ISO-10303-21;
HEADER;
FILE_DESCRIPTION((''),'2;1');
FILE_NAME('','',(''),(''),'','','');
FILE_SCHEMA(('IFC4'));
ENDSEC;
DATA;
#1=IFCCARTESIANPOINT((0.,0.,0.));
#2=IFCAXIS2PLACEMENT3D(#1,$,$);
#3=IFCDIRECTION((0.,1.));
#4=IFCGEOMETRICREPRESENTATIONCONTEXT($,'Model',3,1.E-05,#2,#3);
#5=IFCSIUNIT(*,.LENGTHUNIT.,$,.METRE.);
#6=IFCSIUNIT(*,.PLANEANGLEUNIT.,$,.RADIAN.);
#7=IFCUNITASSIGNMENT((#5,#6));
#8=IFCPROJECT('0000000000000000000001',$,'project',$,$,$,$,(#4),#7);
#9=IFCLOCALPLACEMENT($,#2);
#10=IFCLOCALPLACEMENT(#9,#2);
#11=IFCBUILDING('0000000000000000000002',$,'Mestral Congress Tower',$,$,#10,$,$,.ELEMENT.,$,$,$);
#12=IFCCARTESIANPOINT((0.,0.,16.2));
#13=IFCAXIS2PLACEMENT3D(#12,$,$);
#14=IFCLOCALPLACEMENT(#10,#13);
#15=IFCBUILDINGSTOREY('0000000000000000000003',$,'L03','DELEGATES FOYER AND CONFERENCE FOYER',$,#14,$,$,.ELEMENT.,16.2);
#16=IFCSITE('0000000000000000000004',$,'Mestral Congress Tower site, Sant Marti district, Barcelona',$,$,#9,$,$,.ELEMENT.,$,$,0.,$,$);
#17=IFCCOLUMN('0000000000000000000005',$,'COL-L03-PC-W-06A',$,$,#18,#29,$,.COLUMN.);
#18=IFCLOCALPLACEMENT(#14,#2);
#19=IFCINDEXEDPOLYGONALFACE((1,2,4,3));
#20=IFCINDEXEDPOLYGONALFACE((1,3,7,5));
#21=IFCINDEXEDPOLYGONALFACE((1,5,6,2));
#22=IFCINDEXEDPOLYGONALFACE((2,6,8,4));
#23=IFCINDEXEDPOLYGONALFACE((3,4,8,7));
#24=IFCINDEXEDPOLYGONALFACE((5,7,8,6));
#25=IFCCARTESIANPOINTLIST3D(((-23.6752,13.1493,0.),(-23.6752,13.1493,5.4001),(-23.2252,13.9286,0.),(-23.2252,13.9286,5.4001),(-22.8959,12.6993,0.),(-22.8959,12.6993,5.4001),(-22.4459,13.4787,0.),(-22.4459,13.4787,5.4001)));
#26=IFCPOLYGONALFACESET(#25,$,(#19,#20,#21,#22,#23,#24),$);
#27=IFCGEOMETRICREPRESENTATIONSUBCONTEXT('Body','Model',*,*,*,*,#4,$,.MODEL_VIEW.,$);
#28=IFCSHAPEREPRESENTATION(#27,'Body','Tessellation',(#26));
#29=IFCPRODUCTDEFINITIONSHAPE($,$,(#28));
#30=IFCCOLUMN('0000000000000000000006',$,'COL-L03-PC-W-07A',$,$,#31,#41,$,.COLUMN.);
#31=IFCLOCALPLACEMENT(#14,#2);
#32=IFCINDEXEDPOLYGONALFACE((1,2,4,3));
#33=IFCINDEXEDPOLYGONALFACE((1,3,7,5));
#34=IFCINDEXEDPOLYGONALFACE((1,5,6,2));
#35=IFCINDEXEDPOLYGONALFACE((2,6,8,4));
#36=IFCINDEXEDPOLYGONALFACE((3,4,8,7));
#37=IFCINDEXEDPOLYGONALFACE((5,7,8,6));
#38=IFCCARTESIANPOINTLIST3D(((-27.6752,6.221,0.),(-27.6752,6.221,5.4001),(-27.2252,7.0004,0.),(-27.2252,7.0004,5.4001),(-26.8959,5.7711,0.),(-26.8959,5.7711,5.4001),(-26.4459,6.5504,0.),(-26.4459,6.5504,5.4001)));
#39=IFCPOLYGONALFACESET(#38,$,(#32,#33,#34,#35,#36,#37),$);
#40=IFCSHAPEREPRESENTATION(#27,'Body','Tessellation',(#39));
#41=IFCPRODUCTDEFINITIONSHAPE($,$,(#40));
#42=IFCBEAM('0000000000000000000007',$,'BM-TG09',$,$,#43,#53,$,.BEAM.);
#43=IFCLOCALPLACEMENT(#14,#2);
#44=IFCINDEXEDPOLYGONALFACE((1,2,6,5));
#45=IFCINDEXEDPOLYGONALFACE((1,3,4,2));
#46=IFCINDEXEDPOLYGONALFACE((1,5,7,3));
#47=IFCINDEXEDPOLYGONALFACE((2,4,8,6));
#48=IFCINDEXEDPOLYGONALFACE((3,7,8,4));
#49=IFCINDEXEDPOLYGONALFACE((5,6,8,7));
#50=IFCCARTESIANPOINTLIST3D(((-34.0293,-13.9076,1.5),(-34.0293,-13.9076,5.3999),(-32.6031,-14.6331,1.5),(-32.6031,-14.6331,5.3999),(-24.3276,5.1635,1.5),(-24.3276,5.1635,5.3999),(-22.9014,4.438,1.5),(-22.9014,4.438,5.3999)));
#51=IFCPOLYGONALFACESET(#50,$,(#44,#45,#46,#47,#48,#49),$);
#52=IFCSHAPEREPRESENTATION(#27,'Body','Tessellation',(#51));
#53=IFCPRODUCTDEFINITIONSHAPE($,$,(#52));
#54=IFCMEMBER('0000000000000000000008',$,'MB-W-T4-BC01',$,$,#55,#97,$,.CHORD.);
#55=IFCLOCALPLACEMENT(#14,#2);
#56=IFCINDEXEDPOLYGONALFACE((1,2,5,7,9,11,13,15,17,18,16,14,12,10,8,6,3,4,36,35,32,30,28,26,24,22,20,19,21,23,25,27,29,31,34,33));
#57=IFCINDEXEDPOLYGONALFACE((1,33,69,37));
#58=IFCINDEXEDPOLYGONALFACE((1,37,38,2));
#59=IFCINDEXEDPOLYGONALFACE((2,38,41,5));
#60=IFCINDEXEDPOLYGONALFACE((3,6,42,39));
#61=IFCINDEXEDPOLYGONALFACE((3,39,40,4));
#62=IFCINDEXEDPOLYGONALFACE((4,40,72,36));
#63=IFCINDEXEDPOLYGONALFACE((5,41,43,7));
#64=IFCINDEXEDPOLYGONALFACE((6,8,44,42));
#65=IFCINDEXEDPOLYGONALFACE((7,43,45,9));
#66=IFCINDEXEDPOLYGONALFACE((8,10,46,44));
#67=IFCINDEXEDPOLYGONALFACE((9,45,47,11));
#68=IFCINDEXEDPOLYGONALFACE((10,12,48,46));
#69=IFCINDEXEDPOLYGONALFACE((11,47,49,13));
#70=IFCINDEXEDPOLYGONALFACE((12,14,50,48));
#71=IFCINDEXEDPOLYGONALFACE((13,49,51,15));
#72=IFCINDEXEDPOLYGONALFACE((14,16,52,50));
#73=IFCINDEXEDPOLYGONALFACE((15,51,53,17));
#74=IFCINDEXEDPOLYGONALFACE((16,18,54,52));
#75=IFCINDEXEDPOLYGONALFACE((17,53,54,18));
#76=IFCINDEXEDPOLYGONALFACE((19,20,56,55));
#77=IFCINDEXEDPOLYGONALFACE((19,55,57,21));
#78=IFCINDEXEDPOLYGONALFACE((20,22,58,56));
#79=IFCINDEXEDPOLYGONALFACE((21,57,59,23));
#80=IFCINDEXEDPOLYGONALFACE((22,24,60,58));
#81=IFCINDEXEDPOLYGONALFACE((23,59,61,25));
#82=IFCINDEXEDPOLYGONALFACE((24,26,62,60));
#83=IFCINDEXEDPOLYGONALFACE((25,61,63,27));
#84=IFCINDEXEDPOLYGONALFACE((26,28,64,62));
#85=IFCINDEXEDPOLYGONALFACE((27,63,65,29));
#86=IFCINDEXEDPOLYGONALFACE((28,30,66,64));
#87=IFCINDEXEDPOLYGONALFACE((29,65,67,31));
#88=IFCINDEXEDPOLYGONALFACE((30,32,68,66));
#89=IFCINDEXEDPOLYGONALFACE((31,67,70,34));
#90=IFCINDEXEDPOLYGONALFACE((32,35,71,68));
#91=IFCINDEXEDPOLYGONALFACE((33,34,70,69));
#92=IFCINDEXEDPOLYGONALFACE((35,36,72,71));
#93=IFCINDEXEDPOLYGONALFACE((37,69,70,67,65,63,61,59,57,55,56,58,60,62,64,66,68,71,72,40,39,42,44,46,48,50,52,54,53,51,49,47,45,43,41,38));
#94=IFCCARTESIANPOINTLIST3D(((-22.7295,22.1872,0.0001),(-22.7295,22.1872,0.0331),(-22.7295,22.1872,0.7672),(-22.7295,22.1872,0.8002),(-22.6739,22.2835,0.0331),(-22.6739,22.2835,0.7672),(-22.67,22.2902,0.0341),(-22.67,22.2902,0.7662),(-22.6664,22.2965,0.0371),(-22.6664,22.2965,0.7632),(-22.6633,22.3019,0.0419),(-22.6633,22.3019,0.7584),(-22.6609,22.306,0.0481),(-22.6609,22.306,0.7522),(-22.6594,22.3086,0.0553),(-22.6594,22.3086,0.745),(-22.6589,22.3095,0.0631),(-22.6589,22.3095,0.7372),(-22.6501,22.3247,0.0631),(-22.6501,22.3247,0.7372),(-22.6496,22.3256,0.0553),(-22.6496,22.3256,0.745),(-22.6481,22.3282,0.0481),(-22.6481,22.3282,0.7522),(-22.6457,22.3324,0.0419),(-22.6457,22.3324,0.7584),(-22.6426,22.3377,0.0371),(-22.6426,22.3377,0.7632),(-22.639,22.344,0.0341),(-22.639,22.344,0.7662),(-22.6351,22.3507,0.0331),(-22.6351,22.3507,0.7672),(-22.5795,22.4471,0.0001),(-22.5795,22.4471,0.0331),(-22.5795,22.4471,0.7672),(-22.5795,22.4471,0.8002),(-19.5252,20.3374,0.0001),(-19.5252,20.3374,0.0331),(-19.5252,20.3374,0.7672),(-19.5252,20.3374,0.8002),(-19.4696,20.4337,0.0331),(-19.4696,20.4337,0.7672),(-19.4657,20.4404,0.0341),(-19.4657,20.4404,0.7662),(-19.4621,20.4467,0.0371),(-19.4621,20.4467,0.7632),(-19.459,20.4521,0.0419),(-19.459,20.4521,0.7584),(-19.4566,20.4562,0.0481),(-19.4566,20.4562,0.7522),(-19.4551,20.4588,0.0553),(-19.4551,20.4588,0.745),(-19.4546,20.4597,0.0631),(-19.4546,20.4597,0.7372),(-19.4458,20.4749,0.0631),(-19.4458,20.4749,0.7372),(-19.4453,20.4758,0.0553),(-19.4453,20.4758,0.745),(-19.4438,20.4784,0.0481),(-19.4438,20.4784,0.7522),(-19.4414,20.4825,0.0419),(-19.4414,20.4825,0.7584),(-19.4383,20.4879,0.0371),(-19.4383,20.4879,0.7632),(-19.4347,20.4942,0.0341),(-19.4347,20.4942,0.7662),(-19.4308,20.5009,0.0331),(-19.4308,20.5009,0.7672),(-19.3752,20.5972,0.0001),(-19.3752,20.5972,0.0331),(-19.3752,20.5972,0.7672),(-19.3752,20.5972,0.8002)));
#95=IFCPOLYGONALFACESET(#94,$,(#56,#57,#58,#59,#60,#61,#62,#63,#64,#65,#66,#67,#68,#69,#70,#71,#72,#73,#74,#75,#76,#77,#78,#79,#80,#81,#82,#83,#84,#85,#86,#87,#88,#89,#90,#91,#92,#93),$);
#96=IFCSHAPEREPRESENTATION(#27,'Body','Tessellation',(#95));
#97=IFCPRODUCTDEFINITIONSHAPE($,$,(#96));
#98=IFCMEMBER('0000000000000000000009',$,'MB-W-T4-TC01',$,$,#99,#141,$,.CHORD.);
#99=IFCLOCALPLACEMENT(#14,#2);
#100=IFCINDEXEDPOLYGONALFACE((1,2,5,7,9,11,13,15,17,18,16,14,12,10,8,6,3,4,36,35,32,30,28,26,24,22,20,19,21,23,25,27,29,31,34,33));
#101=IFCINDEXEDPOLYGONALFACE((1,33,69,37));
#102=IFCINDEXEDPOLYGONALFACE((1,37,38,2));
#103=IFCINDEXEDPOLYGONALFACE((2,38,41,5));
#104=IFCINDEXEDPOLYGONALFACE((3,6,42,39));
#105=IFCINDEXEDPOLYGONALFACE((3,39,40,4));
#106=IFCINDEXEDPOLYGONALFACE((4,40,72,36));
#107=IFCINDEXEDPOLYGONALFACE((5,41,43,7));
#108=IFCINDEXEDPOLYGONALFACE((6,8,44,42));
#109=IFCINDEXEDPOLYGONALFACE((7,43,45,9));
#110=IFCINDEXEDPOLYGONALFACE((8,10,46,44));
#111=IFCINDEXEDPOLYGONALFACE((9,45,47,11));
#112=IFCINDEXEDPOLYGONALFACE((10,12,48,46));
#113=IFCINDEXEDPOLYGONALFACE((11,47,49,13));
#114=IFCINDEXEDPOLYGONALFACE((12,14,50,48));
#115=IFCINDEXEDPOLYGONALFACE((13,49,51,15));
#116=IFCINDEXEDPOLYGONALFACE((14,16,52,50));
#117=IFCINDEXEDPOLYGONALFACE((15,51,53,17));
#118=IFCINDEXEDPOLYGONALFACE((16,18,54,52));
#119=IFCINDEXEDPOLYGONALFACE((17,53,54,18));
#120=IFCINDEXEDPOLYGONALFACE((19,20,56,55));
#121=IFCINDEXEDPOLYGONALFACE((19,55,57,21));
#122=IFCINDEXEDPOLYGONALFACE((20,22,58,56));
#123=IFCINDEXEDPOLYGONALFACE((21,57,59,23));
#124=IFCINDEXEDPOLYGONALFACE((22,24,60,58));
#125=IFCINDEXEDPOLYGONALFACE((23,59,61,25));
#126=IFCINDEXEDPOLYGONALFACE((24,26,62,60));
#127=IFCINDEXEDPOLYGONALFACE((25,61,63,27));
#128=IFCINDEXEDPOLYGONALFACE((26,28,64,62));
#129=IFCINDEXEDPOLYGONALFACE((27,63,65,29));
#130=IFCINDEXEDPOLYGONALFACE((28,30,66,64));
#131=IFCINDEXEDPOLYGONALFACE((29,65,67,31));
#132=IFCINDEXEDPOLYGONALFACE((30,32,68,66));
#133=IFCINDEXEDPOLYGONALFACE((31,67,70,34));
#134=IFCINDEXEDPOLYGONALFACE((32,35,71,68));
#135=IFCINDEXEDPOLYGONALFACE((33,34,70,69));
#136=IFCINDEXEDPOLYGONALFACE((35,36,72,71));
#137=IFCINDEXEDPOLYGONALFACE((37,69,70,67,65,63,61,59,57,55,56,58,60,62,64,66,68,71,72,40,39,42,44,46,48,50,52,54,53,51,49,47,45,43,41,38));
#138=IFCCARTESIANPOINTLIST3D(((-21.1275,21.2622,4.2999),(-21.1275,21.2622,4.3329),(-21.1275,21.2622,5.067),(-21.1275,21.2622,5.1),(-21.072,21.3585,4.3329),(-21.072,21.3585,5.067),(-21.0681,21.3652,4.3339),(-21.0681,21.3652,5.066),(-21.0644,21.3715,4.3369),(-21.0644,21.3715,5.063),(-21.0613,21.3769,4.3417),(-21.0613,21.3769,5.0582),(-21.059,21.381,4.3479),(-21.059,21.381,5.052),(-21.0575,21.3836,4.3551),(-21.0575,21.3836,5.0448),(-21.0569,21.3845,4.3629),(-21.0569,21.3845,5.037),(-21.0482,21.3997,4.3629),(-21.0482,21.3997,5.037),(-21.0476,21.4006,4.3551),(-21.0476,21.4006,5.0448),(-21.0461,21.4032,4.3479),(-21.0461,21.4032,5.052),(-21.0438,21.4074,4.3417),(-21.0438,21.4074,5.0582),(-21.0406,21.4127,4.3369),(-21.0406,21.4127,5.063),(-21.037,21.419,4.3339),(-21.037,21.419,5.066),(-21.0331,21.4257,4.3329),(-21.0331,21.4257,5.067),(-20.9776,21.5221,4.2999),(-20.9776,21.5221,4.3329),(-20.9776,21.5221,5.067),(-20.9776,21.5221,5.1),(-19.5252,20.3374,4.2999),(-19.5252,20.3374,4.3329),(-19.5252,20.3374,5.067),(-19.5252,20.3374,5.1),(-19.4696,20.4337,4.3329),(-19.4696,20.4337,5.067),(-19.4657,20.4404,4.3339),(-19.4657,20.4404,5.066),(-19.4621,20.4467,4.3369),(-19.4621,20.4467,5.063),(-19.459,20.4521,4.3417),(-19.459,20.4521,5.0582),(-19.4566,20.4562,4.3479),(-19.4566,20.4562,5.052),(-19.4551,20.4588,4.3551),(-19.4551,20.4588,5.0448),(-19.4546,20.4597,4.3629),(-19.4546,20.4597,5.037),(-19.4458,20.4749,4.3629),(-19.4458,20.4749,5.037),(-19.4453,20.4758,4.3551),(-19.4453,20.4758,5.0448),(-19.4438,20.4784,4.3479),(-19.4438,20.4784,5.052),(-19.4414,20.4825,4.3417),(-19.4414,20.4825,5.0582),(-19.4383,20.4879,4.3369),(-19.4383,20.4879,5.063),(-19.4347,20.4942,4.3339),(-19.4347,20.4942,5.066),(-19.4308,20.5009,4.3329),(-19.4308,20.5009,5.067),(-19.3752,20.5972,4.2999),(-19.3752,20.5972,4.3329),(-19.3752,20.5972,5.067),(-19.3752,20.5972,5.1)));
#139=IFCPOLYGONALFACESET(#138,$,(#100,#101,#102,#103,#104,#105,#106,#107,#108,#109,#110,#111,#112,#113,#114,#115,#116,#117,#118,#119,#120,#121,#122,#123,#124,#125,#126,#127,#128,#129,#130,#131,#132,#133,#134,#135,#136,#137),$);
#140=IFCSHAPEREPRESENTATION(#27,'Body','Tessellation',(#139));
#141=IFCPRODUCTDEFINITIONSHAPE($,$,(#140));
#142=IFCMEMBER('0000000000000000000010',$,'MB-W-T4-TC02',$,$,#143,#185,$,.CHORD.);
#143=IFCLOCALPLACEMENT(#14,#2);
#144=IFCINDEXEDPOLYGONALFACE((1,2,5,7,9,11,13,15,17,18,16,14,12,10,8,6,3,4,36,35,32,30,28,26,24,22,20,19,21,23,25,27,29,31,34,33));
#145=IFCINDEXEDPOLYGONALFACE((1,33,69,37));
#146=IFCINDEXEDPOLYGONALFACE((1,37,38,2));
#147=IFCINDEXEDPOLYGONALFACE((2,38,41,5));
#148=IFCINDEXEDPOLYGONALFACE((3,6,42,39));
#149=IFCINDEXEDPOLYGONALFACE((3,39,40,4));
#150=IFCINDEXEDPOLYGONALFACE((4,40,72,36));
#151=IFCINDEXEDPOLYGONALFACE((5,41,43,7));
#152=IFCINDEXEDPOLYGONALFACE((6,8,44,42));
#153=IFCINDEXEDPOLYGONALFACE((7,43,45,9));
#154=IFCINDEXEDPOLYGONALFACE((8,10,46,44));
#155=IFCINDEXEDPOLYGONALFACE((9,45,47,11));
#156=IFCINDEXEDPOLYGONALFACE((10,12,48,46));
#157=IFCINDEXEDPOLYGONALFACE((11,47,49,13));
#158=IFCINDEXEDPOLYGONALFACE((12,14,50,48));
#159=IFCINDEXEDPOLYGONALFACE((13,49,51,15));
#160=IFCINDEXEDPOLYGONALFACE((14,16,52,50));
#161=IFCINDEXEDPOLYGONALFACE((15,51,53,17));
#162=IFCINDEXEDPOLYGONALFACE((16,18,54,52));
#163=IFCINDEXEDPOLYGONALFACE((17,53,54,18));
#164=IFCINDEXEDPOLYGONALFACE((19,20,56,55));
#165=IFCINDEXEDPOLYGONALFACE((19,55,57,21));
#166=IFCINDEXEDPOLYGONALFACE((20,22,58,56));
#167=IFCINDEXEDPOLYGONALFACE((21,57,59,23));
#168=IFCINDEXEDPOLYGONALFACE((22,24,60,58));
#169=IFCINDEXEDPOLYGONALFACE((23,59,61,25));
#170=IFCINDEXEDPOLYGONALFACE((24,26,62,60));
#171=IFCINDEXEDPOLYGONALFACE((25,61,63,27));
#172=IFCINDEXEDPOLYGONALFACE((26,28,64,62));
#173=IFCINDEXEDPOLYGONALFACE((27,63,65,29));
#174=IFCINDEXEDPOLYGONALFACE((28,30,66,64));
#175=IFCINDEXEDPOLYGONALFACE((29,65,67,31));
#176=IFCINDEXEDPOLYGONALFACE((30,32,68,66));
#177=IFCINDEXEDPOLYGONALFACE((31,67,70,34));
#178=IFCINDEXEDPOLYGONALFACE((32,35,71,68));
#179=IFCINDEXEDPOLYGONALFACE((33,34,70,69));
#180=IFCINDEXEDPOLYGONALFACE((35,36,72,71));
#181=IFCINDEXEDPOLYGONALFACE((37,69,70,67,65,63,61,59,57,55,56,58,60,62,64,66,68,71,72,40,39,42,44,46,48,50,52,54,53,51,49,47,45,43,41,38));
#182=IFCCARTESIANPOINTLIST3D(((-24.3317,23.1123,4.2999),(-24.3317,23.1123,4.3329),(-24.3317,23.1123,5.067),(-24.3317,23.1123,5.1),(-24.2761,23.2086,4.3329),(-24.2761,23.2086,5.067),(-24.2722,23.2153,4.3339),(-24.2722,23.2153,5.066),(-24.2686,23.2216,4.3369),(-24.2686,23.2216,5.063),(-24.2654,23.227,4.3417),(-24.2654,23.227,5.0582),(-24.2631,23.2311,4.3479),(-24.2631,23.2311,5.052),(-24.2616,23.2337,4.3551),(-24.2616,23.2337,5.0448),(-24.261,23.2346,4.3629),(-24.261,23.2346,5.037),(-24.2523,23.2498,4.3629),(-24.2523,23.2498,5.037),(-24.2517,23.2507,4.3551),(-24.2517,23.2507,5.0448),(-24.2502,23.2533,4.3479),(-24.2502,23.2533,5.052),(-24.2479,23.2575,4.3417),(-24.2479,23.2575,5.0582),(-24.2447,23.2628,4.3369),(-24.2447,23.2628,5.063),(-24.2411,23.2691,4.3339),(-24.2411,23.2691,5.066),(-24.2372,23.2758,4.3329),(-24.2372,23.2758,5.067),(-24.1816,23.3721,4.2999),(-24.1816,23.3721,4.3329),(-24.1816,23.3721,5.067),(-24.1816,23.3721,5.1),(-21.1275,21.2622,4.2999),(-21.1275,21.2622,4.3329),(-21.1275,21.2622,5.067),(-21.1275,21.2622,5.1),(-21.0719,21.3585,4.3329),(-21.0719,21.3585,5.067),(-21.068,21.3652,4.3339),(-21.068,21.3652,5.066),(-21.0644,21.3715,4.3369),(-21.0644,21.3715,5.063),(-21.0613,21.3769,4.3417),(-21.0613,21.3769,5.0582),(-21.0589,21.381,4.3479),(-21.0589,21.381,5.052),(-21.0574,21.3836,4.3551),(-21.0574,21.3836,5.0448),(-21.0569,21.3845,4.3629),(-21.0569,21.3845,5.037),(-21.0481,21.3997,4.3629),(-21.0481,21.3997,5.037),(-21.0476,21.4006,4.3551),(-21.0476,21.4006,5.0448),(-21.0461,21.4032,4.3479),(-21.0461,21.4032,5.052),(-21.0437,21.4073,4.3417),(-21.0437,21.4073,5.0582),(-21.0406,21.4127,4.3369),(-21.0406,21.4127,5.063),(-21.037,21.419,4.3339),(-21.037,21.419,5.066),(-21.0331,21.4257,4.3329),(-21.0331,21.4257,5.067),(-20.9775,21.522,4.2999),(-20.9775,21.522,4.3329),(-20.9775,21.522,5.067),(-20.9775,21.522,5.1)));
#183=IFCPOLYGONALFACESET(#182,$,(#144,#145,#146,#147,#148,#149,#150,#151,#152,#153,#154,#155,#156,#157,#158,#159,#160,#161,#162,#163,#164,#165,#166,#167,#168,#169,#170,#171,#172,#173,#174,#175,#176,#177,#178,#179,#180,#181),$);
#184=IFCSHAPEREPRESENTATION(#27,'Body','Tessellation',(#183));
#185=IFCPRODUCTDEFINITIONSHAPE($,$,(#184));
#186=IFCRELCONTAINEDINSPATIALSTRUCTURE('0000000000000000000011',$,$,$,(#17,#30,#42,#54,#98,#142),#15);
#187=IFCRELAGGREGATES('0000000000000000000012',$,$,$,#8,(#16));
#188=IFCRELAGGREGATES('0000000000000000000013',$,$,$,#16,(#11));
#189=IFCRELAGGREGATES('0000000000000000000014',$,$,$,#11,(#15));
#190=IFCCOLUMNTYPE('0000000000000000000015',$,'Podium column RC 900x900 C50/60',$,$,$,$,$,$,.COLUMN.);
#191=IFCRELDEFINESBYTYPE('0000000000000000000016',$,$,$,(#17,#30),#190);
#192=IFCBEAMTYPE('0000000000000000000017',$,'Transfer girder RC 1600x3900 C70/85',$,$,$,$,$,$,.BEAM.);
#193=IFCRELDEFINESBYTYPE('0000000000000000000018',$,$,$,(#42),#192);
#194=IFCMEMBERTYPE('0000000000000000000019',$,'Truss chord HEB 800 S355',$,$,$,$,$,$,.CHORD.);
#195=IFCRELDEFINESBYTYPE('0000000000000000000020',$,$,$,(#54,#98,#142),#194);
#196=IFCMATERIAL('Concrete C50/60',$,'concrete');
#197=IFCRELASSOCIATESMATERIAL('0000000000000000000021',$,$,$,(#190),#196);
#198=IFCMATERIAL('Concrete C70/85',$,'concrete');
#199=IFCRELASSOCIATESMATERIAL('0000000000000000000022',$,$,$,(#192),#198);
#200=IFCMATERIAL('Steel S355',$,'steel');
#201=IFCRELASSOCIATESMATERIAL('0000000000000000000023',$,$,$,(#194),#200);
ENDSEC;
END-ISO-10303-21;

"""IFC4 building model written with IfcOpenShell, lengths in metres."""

from ifc_helpers import new_model, si_unit, direction, frame, origin, origin_2d, place, context, subcontext, project, spatial, rectangle, i_section, extrude, material, material_profile, profile_set, type_object, element, save


model = new_model("IFC4")

# Units and contexts
model_context = context("Model", 3, precision=1e-05, world=origin(), true_north=direction((0.0, 1.0)))
body_context = subcontext(model_context, "Body", "Model", "MODEL_VIEW")
ifc_project = project(units=[si_unit("LENGTHUNIT", "METRE"), si_unit("PLANEANGLEUNIT", "RADIAN")], contexts=[model_context])

# Site, building, storey
site_placement = place(None, origin())
site = spatial("IfcSite", under=ifc_project, at=site_placement, Name="Mestral Congress Tower site, Sant Marti district, Barcelona", CompositionType="ELEMENT", RefElevation=0.0)
building_placement = place(site_placement, origin())
building = spatial("IfcBuilding", under=site, at=building_placement, Name="Mestral Congress Tower", CompositionType="ELEMENT")
storey_placement = place(building_placement, frame((0.0, 0.0, 16.2)))
storey = spatial("IfcBuildingStorey", under=building, at=storey_placement, Name="L03", Description="DELEGATES FOYER AND CONFERENCE FOYER", CompositionType="ELEMENT", Elevation=16.2)

# Columns
ifc_material_1 = material(Name="Concrete C50/60", Category="concrete")
ifc_material_profile_1 = material_profile(ifc_material_1, rectangle(XDim=0.8999, YDim=0.8999, at=origin_2d()), Name="RC 900x900")
ifc_profile_set_1 = profile_set([ifc_material_profile_1], Name="Concrete C50/60")
column_type = type_object("IfcColumnType", Name="Podium column RC 900x900 C50/60", PredefinedType="COLUMN", material=ifc_profile_set_1)
for number, where, z_axis, x_axis, name in (
    (1, (-23.0605, 13.314, 0.0), (0.0, 0.0, 1.0), (-0.5, -0.866025, 0.0), "COL-L03-PC-W-06A"),
    (2, (-27.0605, 6.3857, 0.0), (0.0, 0.0, 1.0), (-0.5, -0.866025, 0.0), "COL-L03-PC-W-07A"),
):
    element("IfcColumn", number, at=place(storey_placement, frame(where, z_axis=z_axis, x_axis=x_axis)), inside=storey, type_object=column_type, Name=name, PredefinedType="COLUMN", context=body_context, shape_type="SweptSolid", body=[
        extrude(rectangle(XDim=0.8999, YDim=0.8999, at=origin_2d()), origin(), (0.0, 0.0, 1.0), 5.4001),
    ])

# Beam
ifc_material_2 = material(Name="Concrete C70/85", Category="concrete")
ifc_material_profile_2 = material_profile(ifc_material_2, rectangle(XDim=1.6001, YDim=3.8999, at=origin_2d()), Name="RC 1600x3900")
ifc_profile_set_2 = profile_set([ifc_material_profile_2], Name="Concrete C70/85")
beam_type = type_object("IfcBeamType", Name="Transfer girder RC 1600x3900 C70/85", PredefinedType="BEAM", material=ifc_profile_set_2)
beam_placement = place(storey_placement, frame((-23.6145, 4.8008, 3.45), z_axis=(-0.453414, -0.8913, 0.0), x_axis=(0.8913, -0.453414, 0.0)))
element("IfcBeam", 3, at=beam_placement, inside=storey, type_object=beam_type, Name="BM-TG09", PredefinedType="BEAM", context=body_context, shape_type="SweptSolid", body=[
    extrude(rectangle(XDim=1.6001, YDim=3.8999, at=origin_2d()), origin(), (0.0, 0.0, 1.0), 21.397),
])

# Members
ifc_material_3 = material(Name="Steel S355", Category="steel")
ifc_material_profile_3 = material_profile(ifc_material_3, i_section(OverallWidth=0.3, OverallDepth=0.8, WebThickness=0.0176, FlangeThickness=0.033, FilletRadius=0.03, at=origin_2d()), Name="HEB 800")
ifc_profile_set_3 = profile_set([ifc_material_profile_3], Name="Steel S355")
member_type_1 = type_object("IfcMemberType", Name="Truss chord HEB 800 S355", PredefinedType="CHORD", material=ifc_profile_set_3)
member_1_placement = place(storey_placement, frame((-19.4502, 20.4673, 0.4001), z_axis=(-0.866046, 0.499964, 0.0), x_axis=(-0.499964, -0.866046, 0.0)))
element("IfcMember", 4, at=member_1_placement, inside=storey, type_object=member_type_1, Name="MB-W-T4-BC01", PredefinedType="CHORD", context=body_context, shape_type="SweptSolid", body=[
    extrude(i_section(OverallWidth=0.3, OverallDepth=0.8, WebThickness=0.0176, FlangeThickness=0.033, FilletRadius=0.03, at=origin_2d()), origin(), (0.0, 0.0, 1.0), 3.7),
])
member_2_placement = place(storey_placement, frame((-19.4502, 20.4673, 4.7), z_axis=(-0.866091, 0.499886, 0.0), x_axis=(-0.499886, -0.866091, 0.0)))
element("IfcMember", 5, at=member_2_placement, inside=storey, type_object=member_type_1, Name="MB-W-T4-TC01", PredefinedType="CHORD", context=body_context, shape_type="SweptSolid", body=[
    extrude(i_section(OverallWidth=0.3, OverallDepth=0.8, WebThickness=0.0176, FlangeThickness=0.033, FilletRadius=0.03, at=origin_2d()), origin(), (0.0, 0.0, 1.0), 1.8501),
])
for number, where, z_axis, x_axis, name in (
    (6, (-21.0525, 21.3921, 4.7), (-0.866001, 0.500042, 0.0), (-0.500042, -0.866001, 0.0), "MB-W-T4-TC02"),
):
    element("IfcMember", number, at=place(storey_placement, frame(where, z_axis=z_axis, x_axis=x_axis)), inside=storey, type_object=member_type_1, Name=name, PredefinedType="CHORD", context=body_context, shape_type="SweptSolid", body=[
        extrude(i_section(OverallWidth=0.3, OverallDepth=0.8, WebThickness=0.0176, FlangeThickness=0.033, FilletRadius=0.03, at=origin_2d()), origin(), (0.0, 0.0, 1.0), 3.7),
    ])

save(model, "model.ifc")
